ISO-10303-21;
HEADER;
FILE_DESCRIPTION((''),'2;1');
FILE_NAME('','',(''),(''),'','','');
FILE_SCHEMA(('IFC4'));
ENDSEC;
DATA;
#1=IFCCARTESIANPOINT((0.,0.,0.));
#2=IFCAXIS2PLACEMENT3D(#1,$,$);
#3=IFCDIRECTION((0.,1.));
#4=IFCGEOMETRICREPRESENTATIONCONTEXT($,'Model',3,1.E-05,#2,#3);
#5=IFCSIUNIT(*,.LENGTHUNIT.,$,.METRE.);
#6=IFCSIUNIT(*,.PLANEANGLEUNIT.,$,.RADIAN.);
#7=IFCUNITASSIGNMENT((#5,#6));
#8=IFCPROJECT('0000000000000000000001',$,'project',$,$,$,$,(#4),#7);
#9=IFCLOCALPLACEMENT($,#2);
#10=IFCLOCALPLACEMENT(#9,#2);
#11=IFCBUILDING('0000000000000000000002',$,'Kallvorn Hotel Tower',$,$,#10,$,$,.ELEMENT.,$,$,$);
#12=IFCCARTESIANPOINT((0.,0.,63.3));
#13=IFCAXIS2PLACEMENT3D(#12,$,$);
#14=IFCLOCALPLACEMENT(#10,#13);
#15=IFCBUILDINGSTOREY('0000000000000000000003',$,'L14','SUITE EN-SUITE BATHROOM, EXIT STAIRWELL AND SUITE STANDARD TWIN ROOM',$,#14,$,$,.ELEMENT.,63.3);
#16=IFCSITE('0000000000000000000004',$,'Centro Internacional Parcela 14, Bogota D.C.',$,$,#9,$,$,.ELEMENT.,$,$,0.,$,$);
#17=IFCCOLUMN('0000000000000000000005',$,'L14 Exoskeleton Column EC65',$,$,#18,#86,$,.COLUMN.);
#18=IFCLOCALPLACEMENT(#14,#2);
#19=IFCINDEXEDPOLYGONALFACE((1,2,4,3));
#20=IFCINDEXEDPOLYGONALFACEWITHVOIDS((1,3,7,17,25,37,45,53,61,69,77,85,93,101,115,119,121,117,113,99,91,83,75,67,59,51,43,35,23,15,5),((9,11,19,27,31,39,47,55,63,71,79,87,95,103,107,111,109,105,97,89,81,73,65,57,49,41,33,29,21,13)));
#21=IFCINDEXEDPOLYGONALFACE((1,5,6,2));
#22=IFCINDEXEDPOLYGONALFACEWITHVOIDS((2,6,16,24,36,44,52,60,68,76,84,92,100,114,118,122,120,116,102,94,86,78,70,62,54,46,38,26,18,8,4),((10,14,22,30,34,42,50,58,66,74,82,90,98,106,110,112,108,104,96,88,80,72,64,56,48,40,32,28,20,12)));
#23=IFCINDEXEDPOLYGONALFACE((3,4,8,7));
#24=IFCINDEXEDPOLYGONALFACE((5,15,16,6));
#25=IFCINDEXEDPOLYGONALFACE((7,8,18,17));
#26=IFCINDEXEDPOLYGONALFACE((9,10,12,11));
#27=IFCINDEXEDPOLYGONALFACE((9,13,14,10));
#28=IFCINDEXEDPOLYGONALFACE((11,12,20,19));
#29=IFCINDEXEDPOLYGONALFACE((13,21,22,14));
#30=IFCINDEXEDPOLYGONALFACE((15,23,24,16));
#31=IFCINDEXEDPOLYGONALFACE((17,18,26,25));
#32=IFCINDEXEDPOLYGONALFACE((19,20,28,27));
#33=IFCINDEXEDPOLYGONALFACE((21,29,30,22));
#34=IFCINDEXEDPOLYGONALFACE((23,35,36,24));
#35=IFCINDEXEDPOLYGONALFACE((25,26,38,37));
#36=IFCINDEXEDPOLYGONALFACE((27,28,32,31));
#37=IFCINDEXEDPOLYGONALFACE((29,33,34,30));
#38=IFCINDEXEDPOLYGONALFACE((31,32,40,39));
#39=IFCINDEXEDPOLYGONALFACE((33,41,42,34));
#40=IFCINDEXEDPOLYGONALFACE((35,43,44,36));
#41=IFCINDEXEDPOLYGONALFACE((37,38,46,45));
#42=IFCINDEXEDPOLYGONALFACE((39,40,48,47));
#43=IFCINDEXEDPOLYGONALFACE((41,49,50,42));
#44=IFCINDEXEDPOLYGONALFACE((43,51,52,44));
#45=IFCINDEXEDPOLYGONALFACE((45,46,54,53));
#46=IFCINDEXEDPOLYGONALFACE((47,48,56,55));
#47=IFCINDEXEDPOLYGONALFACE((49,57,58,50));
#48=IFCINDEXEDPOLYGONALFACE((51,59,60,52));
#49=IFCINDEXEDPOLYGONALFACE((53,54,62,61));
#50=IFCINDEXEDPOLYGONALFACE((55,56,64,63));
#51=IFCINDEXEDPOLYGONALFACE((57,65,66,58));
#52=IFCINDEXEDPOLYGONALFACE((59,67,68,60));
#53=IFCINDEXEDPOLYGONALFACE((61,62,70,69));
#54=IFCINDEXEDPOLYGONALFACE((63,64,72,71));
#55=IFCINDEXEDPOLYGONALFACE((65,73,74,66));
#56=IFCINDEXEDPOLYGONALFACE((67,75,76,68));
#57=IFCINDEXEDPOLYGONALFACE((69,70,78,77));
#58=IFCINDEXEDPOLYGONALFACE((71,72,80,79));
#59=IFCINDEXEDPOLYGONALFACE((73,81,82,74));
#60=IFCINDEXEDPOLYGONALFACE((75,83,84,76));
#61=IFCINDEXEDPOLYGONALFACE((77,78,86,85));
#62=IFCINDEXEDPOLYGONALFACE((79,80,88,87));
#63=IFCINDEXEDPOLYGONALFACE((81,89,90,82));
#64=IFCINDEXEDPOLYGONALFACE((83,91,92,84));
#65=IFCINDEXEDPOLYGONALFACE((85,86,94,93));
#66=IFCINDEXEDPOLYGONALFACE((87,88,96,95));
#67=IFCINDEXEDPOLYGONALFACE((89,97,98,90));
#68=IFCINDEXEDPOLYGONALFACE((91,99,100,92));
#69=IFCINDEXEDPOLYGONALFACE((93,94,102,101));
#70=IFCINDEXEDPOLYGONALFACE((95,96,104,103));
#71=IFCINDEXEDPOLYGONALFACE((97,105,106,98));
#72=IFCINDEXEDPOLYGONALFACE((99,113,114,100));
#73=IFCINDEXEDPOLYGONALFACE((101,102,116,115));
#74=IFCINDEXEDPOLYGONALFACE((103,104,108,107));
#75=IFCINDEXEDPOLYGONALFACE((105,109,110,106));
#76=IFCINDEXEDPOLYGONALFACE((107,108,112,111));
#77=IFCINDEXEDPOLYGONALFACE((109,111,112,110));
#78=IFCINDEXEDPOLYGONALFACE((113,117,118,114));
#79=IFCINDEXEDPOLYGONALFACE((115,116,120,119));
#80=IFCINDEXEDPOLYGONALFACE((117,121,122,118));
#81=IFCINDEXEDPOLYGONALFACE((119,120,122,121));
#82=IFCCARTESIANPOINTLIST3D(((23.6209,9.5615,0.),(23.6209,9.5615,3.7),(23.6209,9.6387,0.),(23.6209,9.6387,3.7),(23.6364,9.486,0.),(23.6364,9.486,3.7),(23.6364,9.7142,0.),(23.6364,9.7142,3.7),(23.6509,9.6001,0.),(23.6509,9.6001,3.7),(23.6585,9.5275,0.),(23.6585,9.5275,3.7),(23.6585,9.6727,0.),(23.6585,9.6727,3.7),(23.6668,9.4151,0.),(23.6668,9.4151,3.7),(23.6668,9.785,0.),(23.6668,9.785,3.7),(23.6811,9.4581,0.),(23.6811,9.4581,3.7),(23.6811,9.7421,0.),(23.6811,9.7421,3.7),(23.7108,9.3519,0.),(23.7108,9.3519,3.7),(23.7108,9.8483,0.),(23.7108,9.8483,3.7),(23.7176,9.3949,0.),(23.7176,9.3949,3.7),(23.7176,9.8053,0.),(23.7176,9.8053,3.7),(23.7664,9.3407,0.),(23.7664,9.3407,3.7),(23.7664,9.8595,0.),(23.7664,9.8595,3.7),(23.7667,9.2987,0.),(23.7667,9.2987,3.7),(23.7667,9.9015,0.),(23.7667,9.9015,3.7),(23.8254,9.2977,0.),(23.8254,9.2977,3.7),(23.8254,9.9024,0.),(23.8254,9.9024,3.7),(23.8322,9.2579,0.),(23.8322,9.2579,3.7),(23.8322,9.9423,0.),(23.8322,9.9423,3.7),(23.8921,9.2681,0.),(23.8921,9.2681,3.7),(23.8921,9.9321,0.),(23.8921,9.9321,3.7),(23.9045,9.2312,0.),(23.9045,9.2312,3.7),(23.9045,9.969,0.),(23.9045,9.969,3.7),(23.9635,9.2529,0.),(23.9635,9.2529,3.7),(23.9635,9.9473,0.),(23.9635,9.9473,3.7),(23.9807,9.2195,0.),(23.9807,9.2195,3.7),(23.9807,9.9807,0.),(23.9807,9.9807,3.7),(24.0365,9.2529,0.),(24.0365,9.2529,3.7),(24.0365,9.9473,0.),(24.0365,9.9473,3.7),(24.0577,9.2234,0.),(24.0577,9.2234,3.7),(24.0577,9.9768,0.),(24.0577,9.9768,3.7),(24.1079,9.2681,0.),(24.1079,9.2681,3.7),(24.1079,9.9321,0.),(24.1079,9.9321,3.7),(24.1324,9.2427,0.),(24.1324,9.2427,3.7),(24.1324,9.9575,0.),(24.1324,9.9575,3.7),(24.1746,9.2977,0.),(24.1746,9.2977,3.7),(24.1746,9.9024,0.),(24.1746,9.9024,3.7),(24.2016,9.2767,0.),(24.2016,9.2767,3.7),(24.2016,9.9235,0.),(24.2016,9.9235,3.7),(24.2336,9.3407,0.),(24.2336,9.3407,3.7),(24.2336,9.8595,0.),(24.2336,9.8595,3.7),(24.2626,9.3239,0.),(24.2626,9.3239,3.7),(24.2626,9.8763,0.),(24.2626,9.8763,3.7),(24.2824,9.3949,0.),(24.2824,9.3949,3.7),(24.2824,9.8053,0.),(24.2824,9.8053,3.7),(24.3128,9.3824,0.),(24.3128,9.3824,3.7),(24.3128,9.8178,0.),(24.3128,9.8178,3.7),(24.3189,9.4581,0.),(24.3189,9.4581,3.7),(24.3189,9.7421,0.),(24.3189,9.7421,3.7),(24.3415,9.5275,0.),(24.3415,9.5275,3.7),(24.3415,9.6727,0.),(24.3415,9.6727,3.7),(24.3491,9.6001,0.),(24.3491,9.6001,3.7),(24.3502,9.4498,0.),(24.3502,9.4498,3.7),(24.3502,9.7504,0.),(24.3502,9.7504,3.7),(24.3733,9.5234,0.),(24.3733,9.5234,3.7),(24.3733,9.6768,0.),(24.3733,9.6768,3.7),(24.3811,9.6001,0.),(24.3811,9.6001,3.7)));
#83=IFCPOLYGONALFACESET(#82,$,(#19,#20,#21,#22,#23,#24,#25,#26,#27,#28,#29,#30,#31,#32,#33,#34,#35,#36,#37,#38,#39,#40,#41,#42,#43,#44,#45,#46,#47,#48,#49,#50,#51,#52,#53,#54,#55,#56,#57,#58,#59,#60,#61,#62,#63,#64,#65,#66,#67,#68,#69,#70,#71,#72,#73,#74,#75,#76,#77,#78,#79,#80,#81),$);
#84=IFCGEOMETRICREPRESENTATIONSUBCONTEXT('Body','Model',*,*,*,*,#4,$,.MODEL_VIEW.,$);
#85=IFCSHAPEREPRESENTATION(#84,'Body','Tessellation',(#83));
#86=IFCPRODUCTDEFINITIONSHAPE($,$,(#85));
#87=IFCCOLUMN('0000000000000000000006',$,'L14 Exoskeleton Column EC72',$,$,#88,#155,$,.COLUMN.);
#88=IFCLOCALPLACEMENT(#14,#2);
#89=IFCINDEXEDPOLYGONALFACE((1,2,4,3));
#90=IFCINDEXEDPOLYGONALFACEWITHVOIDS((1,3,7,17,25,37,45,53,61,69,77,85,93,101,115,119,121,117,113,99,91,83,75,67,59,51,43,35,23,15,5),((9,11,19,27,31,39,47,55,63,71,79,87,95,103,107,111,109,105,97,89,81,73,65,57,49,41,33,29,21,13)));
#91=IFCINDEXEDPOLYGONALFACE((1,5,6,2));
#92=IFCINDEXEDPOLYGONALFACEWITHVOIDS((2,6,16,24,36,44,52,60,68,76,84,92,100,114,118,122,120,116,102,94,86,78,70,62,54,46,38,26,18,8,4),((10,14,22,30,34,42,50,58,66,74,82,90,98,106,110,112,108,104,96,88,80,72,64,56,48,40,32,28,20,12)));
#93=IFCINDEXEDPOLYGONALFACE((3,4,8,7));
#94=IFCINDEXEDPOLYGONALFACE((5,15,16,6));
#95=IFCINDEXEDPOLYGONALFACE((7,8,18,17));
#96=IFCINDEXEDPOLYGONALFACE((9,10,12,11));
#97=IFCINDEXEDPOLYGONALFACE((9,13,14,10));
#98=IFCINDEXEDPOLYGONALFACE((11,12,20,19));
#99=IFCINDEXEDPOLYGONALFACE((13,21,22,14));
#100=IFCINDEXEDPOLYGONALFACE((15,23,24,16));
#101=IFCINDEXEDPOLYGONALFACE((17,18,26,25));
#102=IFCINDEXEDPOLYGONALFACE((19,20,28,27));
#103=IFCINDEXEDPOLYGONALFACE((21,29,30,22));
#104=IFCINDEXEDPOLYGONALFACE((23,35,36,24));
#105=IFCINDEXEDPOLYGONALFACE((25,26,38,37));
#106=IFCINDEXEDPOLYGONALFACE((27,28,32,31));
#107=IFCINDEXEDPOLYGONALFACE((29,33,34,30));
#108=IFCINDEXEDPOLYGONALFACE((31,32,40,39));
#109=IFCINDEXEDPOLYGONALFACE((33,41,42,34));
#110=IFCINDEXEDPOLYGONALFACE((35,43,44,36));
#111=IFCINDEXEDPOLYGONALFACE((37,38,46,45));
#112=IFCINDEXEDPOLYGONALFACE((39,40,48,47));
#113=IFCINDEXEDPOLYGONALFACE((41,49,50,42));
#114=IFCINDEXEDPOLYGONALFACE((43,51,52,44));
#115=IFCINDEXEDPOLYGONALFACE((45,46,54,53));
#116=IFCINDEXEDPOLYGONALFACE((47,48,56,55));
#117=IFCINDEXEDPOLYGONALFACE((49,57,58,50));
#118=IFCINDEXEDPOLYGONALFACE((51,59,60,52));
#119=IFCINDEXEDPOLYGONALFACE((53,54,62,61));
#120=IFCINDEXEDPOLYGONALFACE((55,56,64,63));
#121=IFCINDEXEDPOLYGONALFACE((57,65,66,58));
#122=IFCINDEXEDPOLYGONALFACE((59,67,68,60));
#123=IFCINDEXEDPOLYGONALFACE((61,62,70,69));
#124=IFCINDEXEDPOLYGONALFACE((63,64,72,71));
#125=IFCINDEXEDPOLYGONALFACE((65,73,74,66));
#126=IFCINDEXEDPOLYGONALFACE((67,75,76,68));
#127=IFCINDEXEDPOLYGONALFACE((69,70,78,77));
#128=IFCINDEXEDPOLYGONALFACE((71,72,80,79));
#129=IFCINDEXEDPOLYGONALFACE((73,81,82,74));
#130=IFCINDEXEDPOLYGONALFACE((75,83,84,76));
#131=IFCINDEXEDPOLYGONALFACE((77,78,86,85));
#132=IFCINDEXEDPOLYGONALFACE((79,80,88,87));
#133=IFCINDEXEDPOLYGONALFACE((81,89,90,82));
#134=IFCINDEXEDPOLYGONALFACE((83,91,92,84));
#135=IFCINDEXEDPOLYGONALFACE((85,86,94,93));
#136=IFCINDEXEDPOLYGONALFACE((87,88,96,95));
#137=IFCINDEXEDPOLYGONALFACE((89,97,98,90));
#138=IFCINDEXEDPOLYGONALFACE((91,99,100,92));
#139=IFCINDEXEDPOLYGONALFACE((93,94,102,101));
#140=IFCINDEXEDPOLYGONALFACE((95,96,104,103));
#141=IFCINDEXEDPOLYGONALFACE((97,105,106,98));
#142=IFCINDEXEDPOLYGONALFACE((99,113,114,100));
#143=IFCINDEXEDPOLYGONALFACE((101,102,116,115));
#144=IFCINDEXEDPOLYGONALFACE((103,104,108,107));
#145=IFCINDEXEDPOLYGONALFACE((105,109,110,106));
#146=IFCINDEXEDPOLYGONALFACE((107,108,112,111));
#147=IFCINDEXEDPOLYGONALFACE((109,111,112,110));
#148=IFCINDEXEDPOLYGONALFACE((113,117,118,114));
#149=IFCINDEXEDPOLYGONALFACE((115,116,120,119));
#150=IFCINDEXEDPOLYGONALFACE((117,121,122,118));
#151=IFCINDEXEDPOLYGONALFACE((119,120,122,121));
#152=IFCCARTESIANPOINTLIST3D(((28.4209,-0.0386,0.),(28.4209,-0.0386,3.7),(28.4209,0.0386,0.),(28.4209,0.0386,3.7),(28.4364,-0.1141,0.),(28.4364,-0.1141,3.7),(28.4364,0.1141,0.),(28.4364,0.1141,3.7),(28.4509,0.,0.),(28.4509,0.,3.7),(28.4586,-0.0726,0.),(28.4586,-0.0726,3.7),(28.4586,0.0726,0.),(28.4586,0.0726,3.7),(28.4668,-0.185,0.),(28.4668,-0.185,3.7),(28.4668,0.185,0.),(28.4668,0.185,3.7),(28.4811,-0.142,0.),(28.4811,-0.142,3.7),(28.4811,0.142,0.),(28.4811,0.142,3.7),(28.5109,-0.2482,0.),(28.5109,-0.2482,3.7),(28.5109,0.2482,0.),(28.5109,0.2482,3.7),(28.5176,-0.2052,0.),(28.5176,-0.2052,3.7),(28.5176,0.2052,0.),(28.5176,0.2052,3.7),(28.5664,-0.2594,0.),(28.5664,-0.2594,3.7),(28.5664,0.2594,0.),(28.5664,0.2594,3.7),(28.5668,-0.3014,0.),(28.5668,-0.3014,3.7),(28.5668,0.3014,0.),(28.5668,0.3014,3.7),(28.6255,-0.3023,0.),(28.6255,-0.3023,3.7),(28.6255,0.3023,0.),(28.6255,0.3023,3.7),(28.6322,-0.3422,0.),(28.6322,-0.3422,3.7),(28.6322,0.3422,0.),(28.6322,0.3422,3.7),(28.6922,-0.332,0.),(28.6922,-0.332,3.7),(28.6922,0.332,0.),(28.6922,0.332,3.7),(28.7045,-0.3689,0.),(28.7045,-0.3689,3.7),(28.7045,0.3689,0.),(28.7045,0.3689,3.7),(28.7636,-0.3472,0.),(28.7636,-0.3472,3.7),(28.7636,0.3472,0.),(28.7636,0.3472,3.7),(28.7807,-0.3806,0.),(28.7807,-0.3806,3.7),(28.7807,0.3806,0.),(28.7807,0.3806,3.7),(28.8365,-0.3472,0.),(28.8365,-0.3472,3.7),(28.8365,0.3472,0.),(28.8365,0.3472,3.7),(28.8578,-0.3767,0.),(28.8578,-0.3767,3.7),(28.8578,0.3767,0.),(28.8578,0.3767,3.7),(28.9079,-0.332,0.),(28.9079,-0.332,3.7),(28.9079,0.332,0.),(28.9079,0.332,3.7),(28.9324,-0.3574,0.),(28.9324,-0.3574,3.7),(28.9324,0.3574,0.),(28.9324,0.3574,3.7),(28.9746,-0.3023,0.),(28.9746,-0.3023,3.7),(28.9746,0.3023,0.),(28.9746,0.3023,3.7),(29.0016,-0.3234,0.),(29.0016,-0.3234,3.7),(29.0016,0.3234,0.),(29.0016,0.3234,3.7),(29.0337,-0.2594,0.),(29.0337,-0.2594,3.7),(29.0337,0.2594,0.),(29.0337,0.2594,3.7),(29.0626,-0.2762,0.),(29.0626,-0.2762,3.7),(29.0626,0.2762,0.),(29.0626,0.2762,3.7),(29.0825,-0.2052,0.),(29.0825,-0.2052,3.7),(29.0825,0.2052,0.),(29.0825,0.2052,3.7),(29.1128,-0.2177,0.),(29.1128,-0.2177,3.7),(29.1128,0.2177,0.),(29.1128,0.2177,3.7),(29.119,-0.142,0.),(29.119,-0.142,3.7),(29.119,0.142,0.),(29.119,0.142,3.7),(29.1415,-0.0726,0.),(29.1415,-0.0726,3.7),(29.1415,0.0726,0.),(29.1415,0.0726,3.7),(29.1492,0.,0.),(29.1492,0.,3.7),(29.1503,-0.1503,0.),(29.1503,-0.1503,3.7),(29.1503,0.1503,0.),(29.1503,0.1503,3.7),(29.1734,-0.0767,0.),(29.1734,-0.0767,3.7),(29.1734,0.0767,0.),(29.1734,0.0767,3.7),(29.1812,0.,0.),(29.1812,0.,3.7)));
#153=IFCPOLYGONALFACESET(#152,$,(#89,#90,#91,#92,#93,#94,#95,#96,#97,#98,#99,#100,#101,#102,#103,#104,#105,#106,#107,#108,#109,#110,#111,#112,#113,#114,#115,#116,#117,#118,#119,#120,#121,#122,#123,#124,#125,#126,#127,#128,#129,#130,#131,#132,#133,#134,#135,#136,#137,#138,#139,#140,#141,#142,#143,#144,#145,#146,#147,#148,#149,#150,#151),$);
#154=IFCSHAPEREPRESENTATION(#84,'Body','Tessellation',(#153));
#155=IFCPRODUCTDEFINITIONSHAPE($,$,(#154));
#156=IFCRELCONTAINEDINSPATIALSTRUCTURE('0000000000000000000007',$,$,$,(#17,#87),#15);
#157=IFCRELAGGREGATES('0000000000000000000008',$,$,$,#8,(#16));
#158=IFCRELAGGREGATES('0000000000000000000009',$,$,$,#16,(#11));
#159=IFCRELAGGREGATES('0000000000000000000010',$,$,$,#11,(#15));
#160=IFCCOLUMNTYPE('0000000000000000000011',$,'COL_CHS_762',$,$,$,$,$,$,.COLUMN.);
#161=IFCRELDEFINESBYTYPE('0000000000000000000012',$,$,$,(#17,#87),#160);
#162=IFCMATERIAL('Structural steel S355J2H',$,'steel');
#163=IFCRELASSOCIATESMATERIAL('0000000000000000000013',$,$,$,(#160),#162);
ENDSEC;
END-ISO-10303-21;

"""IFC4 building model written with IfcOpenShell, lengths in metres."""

from ifc_helpers import new_model, si_unit, direction, frame, origin, origin_2d, place, context, subcontext, project, spatial, hollow_circle, extrude, material, material_profile, profile_set, type_object, element, save


model = new_model("IFC4")

# Units and contexts
model_context = context("Model", 3, precision=1e-05, world=origin(), true_north=direction((0.0, 1.0)))
body_context = subcontext(model_context, "Body", "Model", "MODEL_VIEW")
ifc_project = project(units=[si_unit("LENGTHUNIT", "METRE"), si_unit("PLANEANGLEUNIT", "RADIAN")], contexts=[model_context])

# Site, building, storey
site_placement = place(None, origin())
site = spatial("IfcSite", under=ifc_project, at=site_placement, Name="Centro Internacional Parcela 14, Bogota D.C.", CompositionType="ELEMENT", RefElevation=0.0)
building_placement = place(site_placement, origin())
building = spatial("IfcBuilding", under=site, at=building_placement, Name="Kallvorn Hotel Tower", CompositionType="ELEMENT")
storey_placement = place(building_placement, frame((0.0, 0.0, 63.3)))
storey = spatial("IfcBuildingStorey", under=building, at=storey_placement, Name="L14", Description="SUITE EN-SUITE BATHROOM, EXIT STAIRWELL AND SUITE STANDARD TWIN ROOM", CompositionType="ELEMENT", Elevation=63.3)

# Columns
ifc_material_1 = material(Name="Structural steel S355J2H", Category="steel")
ifc_material_profile_1 = material_profile(ifc_material_1, hollow_circle(Radius=0.3811, WallThickness=0.032, at=origin_2d()), Name="CHS 762x32")
ifc_profile_set_1 = profile_set([ifc_material_profile_1], Name="Structural steel S355J2H")
column_type_1 = type_object("IfcColumnType", Name="COL_CHS_762", PredefinedType="COLUMN", material=ifc_profile_set_1)
for number, where, z_axis, x_axis, name in (
    (1, (24.0, 9.6001, 0.0), (0.0, 0.0, 1.0), (1.0, 0.0, 0.0), "L14 Exoskeleton Column EC65"),
    (2, (28.8, 0.0, 0.0), (0.0, 0.0, 1.0), (1.0, 0.0, 0.0), "L14 Exoskeleton Column EC72"),
):
    element("IfcColumn", number, at=place(storey_placement, frame(where, z_axis=z_axis, x_axis=x_axis)), inside=storey, type_object=column_type_1, Name=name, PredefinedType="COLUMN", context=body_context, shape_type="SweptSolid", body=[
        extrude(hollow_circle(Radius=0.3811, WallThickness=0.032, at=origin_2d()), origin(), (0.0, 0.0, 1.0), 3.7),
    ])

save(model, "model.ifc")
